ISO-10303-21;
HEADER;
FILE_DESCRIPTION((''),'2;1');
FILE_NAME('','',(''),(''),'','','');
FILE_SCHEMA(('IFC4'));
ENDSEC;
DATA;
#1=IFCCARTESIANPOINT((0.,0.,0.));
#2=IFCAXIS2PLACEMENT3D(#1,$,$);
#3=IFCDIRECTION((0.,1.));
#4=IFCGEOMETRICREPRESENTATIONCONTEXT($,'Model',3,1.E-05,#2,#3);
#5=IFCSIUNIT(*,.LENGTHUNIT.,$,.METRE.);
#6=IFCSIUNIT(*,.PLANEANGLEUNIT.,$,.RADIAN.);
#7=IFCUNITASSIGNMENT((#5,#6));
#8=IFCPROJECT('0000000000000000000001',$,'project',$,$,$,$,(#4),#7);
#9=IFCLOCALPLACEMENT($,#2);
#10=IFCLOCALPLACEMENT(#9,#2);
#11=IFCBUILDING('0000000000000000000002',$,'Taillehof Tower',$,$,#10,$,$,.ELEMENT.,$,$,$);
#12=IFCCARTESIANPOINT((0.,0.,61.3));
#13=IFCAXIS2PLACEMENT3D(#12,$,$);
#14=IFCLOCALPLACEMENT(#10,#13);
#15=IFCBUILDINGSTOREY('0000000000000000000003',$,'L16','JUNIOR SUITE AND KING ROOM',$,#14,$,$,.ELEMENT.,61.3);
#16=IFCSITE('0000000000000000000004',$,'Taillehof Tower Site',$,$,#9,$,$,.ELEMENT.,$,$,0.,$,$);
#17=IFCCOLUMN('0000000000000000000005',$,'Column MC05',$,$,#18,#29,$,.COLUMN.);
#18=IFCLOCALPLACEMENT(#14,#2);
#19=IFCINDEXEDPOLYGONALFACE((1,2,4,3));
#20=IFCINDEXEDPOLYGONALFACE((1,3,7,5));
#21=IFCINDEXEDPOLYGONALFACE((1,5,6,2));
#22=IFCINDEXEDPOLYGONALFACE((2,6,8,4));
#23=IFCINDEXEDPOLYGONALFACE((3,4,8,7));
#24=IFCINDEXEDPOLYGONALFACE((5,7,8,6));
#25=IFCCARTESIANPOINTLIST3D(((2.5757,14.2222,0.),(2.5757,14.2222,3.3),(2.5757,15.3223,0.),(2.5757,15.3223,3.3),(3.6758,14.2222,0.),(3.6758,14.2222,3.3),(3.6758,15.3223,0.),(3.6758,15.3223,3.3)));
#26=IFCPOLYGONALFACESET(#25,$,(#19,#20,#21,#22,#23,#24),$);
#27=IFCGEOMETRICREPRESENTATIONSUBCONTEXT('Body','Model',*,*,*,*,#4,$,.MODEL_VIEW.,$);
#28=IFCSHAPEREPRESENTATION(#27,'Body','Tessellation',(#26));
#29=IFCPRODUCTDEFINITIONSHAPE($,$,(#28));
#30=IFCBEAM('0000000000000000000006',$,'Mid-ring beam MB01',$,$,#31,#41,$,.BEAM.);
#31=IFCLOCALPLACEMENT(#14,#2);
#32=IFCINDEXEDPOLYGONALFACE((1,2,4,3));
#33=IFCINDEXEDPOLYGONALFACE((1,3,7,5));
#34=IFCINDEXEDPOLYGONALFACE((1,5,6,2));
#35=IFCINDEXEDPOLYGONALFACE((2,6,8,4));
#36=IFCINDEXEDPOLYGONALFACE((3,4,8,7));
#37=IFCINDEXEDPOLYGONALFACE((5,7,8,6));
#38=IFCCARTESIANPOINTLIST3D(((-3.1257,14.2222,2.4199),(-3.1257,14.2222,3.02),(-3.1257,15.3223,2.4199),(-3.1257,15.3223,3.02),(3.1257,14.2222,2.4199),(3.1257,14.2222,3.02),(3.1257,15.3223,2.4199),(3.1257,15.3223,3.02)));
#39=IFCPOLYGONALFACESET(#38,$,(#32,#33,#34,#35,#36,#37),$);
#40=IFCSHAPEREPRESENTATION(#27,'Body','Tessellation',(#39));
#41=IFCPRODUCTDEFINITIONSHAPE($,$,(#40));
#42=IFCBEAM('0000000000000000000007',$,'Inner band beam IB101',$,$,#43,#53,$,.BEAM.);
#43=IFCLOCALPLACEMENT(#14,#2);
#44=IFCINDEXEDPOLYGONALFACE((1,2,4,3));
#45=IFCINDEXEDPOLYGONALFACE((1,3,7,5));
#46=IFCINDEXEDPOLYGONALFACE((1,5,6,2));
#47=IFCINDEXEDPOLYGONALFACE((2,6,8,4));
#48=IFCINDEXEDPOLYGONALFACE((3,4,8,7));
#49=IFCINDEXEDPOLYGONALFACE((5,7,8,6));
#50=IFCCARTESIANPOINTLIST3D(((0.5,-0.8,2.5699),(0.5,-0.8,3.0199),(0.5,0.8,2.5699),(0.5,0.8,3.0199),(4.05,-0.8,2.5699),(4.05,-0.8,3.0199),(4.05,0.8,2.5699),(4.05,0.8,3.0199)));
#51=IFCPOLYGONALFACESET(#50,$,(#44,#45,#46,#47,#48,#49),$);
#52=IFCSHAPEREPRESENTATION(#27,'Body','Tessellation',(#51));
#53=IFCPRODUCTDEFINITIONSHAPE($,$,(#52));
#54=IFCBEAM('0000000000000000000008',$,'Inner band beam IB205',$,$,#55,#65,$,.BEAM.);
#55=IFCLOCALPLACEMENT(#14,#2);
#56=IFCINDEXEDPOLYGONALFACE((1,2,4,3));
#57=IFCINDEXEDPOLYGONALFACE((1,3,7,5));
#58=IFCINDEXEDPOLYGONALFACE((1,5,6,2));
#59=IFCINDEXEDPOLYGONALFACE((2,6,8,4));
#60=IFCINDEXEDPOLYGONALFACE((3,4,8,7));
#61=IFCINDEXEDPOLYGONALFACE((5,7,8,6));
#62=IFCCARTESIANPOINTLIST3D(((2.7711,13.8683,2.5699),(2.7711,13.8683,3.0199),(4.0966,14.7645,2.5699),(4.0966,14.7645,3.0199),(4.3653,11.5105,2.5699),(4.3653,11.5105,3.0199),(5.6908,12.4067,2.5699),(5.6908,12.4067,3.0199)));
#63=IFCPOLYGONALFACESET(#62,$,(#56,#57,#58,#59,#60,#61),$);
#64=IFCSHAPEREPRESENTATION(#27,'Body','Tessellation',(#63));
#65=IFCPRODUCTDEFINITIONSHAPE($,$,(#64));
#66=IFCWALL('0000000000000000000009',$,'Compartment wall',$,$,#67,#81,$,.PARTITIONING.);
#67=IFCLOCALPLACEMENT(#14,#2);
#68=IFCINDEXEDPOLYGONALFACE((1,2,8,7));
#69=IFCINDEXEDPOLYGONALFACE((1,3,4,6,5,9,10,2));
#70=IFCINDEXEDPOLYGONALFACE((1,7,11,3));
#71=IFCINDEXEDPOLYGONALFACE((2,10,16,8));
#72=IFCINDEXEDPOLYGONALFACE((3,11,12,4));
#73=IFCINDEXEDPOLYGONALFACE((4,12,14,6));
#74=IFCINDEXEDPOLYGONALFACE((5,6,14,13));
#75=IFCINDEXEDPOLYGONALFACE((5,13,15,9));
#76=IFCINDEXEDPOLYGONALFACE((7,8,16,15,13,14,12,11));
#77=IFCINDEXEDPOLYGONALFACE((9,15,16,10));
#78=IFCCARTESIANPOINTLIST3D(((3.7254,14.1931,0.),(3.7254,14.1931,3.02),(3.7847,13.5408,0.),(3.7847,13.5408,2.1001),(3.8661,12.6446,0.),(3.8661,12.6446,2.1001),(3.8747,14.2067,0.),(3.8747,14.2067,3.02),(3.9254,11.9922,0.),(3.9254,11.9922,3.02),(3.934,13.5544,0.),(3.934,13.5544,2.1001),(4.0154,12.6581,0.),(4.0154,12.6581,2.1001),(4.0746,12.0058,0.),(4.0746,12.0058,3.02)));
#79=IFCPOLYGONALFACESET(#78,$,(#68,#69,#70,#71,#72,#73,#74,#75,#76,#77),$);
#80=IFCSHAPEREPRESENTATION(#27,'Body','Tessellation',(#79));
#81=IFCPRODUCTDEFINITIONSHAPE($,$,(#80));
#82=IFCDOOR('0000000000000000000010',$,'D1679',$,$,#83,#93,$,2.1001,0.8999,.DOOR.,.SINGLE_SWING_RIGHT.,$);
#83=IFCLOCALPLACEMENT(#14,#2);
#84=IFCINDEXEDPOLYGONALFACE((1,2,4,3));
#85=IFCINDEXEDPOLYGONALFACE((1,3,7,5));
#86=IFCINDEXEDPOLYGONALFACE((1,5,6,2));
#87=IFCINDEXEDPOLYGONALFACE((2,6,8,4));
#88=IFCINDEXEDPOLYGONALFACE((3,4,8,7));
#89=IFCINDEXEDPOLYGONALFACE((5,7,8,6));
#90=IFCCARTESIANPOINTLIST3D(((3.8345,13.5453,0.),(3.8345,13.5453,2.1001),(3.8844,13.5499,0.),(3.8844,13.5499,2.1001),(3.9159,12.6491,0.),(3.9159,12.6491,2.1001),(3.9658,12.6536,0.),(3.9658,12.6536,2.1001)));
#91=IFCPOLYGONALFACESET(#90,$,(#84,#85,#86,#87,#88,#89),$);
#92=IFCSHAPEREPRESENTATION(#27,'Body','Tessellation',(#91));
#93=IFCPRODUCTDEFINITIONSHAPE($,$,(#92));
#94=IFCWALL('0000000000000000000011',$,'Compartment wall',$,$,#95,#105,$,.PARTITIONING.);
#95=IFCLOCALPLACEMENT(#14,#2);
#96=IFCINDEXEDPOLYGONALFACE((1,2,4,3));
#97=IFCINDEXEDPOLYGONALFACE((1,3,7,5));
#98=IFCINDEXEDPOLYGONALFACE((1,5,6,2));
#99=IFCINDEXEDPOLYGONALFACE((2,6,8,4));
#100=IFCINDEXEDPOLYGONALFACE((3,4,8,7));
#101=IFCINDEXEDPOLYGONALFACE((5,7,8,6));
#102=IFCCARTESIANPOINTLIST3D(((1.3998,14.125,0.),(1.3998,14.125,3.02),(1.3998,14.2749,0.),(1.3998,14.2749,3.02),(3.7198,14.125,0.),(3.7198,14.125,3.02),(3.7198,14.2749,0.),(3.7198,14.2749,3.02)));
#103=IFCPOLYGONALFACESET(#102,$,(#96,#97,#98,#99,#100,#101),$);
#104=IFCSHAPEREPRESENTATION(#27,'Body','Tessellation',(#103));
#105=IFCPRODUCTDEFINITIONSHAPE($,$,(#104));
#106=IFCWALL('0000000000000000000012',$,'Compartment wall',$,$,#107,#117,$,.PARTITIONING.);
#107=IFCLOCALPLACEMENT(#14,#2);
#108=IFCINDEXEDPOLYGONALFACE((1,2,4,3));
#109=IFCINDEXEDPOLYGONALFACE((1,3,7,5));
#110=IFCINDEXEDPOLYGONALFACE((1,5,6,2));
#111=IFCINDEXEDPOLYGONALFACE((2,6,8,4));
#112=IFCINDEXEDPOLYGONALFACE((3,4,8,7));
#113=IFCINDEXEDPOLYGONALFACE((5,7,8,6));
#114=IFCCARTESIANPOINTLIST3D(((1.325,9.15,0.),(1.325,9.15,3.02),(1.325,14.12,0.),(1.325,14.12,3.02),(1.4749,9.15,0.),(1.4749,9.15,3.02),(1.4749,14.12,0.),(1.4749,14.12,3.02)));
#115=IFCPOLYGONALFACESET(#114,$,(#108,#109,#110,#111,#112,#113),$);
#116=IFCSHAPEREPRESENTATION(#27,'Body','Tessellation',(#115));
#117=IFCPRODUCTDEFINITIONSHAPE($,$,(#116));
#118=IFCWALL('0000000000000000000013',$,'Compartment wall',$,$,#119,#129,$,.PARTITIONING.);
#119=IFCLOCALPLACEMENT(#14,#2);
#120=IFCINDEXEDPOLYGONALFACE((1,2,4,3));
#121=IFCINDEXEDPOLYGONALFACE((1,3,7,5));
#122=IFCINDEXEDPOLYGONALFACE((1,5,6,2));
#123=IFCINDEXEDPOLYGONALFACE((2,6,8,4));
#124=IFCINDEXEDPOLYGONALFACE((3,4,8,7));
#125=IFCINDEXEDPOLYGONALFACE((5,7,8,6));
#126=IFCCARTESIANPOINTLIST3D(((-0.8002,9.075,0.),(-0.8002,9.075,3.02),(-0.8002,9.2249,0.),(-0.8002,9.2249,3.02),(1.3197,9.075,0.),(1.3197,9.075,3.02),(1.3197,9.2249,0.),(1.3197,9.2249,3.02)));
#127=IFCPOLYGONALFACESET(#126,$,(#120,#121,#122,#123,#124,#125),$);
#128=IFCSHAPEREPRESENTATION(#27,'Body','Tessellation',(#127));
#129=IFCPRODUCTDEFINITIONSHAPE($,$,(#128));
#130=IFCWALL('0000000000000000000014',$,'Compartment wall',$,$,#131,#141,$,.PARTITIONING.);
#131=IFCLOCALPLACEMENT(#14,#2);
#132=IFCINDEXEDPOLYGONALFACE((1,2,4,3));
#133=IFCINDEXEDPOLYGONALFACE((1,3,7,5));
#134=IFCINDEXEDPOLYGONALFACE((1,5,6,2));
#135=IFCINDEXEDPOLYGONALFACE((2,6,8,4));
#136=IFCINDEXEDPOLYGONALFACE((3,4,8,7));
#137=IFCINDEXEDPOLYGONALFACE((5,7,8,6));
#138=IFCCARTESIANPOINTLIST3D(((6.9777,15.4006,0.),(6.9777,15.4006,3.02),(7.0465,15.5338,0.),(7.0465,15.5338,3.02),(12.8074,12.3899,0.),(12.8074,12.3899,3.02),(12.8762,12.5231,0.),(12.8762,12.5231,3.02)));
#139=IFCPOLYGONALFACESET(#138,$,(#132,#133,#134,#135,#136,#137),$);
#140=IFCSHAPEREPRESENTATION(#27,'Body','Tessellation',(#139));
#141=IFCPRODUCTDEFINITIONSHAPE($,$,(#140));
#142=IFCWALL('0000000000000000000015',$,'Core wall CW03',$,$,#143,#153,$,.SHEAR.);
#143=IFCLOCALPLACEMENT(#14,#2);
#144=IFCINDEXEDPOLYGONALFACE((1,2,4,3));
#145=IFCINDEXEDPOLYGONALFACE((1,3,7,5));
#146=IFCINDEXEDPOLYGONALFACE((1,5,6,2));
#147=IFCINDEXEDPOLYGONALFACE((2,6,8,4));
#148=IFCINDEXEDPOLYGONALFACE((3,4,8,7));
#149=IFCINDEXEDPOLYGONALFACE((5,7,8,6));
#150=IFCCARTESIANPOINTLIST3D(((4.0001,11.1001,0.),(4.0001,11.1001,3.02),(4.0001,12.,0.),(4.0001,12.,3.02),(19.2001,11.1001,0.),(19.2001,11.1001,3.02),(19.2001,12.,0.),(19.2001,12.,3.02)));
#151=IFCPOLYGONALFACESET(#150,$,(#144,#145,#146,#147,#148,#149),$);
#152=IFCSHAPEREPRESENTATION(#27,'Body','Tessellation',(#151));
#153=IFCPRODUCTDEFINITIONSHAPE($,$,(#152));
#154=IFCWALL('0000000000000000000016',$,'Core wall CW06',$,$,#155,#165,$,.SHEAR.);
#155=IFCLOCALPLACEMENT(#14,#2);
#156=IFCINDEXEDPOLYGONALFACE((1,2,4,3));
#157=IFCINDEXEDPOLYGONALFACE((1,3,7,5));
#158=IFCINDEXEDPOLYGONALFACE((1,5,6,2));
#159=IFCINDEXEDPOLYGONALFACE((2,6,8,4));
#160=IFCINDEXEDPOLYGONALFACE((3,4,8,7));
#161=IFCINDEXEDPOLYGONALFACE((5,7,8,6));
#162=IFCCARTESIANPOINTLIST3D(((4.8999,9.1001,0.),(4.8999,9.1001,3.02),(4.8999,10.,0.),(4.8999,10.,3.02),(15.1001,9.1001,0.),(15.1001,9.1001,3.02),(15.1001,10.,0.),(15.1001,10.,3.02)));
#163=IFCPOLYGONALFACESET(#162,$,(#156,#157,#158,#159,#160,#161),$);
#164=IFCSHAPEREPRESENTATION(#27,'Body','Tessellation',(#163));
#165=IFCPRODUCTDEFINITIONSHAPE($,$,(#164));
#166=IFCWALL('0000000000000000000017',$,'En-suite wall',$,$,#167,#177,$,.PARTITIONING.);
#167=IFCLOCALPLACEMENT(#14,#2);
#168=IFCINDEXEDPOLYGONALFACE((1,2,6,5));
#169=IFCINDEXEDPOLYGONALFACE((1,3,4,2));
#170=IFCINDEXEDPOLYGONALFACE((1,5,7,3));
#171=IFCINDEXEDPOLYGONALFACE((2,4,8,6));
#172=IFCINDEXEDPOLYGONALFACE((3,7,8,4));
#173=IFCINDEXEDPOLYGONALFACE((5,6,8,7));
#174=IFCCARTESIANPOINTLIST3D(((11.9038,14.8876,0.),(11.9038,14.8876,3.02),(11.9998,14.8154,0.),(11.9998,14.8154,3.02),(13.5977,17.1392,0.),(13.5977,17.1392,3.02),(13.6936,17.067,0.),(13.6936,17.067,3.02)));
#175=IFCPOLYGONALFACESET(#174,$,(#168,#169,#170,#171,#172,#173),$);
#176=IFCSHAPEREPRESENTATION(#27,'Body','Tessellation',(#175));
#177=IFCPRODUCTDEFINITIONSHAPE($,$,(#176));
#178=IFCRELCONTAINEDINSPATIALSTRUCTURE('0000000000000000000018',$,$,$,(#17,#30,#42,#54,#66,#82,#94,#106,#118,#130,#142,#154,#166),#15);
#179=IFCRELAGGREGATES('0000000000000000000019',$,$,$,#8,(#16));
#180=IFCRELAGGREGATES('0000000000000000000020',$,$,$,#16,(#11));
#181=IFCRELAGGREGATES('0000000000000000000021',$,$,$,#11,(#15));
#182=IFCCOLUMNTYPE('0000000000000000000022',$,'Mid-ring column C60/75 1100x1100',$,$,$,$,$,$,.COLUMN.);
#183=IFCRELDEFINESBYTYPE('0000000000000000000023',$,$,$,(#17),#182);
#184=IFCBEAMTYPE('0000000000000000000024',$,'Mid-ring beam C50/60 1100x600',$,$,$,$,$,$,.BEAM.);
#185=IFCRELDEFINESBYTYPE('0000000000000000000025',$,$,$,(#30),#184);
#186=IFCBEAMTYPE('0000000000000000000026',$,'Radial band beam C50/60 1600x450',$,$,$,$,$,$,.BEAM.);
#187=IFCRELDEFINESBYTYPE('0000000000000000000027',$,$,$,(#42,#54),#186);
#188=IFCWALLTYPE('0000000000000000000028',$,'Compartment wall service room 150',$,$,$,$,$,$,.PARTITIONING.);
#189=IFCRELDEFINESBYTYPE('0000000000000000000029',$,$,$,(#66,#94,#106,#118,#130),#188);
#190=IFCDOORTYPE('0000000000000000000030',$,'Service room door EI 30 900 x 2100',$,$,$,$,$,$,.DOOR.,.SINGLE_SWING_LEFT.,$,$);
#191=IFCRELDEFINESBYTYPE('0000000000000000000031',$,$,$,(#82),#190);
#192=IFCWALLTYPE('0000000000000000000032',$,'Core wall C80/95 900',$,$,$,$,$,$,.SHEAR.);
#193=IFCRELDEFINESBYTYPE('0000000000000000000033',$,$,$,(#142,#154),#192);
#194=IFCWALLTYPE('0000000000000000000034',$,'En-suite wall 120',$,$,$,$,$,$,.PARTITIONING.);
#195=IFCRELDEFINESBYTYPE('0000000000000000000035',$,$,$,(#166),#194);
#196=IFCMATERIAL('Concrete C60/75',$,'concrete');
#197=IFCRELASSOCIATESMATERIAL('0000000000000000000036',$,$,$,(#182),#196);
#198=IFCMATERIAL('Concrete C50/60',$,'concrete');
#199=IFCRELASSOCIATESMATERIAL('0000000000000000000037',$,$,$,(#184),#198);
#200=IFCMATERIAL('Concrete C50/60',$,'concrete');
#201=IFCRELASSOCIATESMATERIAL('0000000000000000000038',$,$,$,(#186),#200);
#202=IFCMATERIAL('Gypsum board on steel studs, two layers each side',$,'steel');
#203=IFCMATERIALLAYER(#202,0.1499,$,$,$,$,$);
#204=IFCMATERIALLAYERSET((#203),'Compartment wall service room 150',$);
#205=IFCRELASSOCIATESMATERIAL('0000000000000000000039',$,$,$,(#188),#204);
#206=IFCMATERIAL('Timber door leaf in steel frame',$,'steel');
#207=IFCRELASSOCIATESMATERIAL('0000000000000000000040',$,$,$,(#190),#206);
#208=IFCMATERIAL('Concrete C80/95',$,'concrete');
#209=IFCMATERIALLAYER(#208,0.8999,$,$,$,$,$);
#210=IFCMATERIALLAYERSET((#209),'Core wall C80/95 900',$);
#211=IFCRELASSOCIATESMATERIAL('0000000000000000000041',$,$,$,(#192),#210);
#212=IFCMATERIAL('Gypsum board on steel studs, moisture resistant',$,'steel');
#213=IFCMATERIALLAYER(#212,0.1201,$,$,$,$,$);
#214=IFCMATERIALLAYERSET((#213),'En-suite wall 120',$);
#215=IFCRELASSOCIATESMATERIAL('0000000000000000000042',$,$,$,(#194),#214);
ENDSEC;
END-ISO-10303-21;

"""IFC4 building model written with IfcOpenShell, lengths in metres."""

from ifc_helpers import new_model, si_unit, direction, frame, frame_2d, origin, origin_2d, place, context, subcontext, project, spatial, rectangle, extrude, material, layer, layer_set, material_profile, profile_set, type_object, element, fill, save


model = new_model("IFC4")

# Units and contexts
model_context = context("Model", 3, precision=1e-05, world=origin(), true_north=direction((0.0, 1.0)))
body_context = subcontext(model_context, "Body", "Model", "MODEL_VIEW")
ifc_project = project(units=[si_unit("LENGTHUNIT", "METRE"), si_unit("PLANEANGLEUNIT", "RADIAN")], contexts=[model_context])

# Site, building, storey
site_placement = place(None, origin())
site = spatial("IfcSite", under=ifc_project, at=site_placement, Name="Taillehof Tower Site", CompositionType="ELEMENT", RefElevation=0.0)
building_placement = place(site_placement, origin())
building = spatial("IfcBuilding", under=site, at=building_placement, Name="Taillehof Tower", CompositionType="ELEMENT")
storey_placement = place(building_placement, frame((0.0, 0.0, 61.3)))
storey = spatial("IfcBuildingStorey", under=building, at=storey_placement, Name="L16", Description="JUNIOR SUITE AND KING ROOM", CompositionType="ELEMENT", Elevation=61.3)

# Column
ifc_material_1 = material(Name="Concrete C60/75", Category="concrete")
ifc_material_profile_1 = material_profile(ifc_material_1, rectangle(XDim=1.1001, YDim=1.1001, at=origin_2d()), Name="RC 1100x1100")
ifc_profile_set_1 = profile_set([ifc_material_profile_1], Name="Concrete C60/75")
column_type = type_object("IfcColumnType", Name="Mid-ring column C60/75 1100x1100", PredefinedType="COLUMN", material=ifc_profile_set_1)
column_placement = place(storey_placement, frame((3.1257, 14.7722, 0.0), z_axis=(0.0, 0.0, 1.0), x_axis=(1.0, 0.0, 0.0)))
element("IfcColumn", 1, at=column_placement, inside=storey, type_object=column_type, Name="Column MC05", PredefinedType="COLUMN", context=body_context, shape_type="SweptSolid", body=[
    extrude(rectangle(XDim=1.1001, YDim=1.1001, at=origin_2d()), origin(), (0.0, 0.0, 1.0), 3.3),
])

# Beams
ifc_material_2 = material(Name="Concrete C50/60", Category="concrete")
ifc_material_profile_2 = material_profile(ifc_material_2, rectangle(XDim=1.1001, YDim=0.6001, at=origin_2d()), Name="RC 1100x600")
ifc_profile_set_2 = profile_set([ifc_material_profile_2], Name="Concrete C50/60")
beam_type_1 = type_object("IfcBeamType", Name="Mid-ring beam C50/60 1100x600", PredefinedType="BEAM", material=ifc_profile_set_2)
beam_1_placement = place(storey_placement, frame((3.1257, 14.7722, 2.72), z_axis=(-1.0, 0.0, 0.0), x_axis=(0.0, -1.0, 0.0)))
element("IfcBeam", 2, at=beam_1_placement, inside=storey, type_object=beam_type_1, Name="Mid-ring beam MB01", PredefinedType="BEAM", context=body_context, shape_type="SweptSolid", body=[
    extrude(rectangle(XDim=1.1001, YDim=0.6001, at=origin_2d()), origin(), (0.0, 0.0, 1.0), 6.2515),
])
ifc_material_3 = material(Name="Concrete C50/60", Category="concrete")
ifc_material_profile_3 = material_profile(ifc_material_3, rectangle(XDim=1.6001, YDim=0.45, at=origin_2d()), Name="RC 1600x450")
ifc_profile_set_3 = profile_set([ifc_material_profile_3], Name="Concrete C50/60")
beam_type_2 = type_object("IfcBeamType", Name="Radial band beam C50/60 1600x450", PredefinedType="BEAM", material=ifc_profile_set_3)
beam_2_placement = place(storey_placement, frame((0.5, 0.0, 2.7949), z_axis=(1.0, 0.0, 0.0), x_axis=(0.0, 1.0, 0.0)))
element("IfcBeam", 3, at=beam_2_placement, inside=storey, type_object=beam_type_2, Name="Inner band beam IB101", PredefinedType="BEAM", context=body_context, shape_type="SweptSolid", body=[
    extrude(rectangle(XDim=1.6001, YDim=0.45, at=origin_2d()), origin(), (0.0, 0.0, 1.0), 3.55),
])
beam_3_placement = place(storey_placement, frame((3.4338, 14.3164, 2.7949), z_axis=(0.560112, -0.828417, 0.0), x_axis=(0.828417, 0.560112, 0.0)))
element("IfcBeam", 4, at=beam_3_placement, inside=storey, type_object=beam_type_2, Name="Inner band beam IB205", PredefinedType="BEAM", context=body_context, shape_type="SweptSolid", body=[
    extrude(rectangle(XDim=1.6001, YDim=0.45, at=origin_2d()), origin(), (0.0, 0.0, 1.0), 2.8462),
])

# Wall, opening, door
ifc_material_4 = material(Name="Gypsum board on steel studs, two layers each side", Category="steel")
ifc_layer_1 = layer(ifc_material_4, 0.1499)
ifc_layer_set_1 = layer_set([ifc_layer_1], Name="Compartment wall service room 150")
wall_type_1 = type_object("IfcWallType", Name="Compartment wall service room 150", PredefinedType="PARTITIONING", material=ifc_layer_set_1)
wall_1_placement = place(storey_placement, frame((4.0, 11.999, 0.0), z_axis=(0.0, 0.0, 1.0), x_axis=(-0.090476, 0.995899, 0.0)))
wall_1 = element("IfcWall", 5, at=wall_1_placement, inside=storey, type_object=wall_type_1, Name="Compartment wall", PredefinedType="PARTITIONING", context=body_context, shape_type="SweptSolid", body=[
    extrude(rectangle(XDim=2.21, YDim=0.1499, at=frame_2d((1.105, 0.0))), origin(), (0.0, 0.0, 1.0), 3.02),
])
opening_1_placement = place(wall_1_placement, frame((0.655, 0.0, 0.0)))
opening_1 = element("IfcOpeningElement", 6, at=opening_1_placement, cuts=wall_1, PredefinedType="OPENING", context=body_context, shape_type="SweptSolid", body=[
    extrude(rectangle(XDim=0.8999, YDim=2.1001, at=frame_2d((0.45, 1.05))), frame((0.0, 0.085, 0.0), z_axis=(0.0, -1.0, 0.0), x_axis=(1.0, 0.0, 0.0)), (0.0, 0.0, 1.0), 0.1699),
])
ifc_material_5 = material(Name="Timber door leaf in steel frame", Category="steel")
door_type_1 = type_object("IfcDoorType", Name="Service room door EI 30 900 x 2100", OperationType="SINGLE_SWING_LEFT", PredefinedType="DOOR", material=ifc_material_5)
door_1_placement = place(opening_1_placement, origin())
door_1 = element("IfcDoor", 7, at=door_1_placement, inside=storey, type_object=door_type_1, Name="D1679", OperationType="SINGLE_SWING_RIGHT", OverallHeight=2.1001, OverallWidth=0.8999, PredefinedType="DOOR", context=body_context, shape_type="SweptSolid", body=[
    extrude(rectangle(XDim=0.8999, YDim=2.1001, at=frame_2d((0.45, 1.05))), frame((0.0, 0.0249, 0.0), z_axis=(0.0, -1.0, 0.0), x_axis=(1.0, 0.0, 0.0)), (0.0, 0.0, 1.0), 0.05),
])
fill(opening_1, door_1)

# Walls
wall_2_placement = place(storey_placement, frame((3.72, 14.2, 0.0), z_axis=(0.0, 0.0, 1.0), x_axis=(-1.0, 0.0, 0.0)))
element("IfcWall", 8, at=wall_2_placement, inside=storey, type_object=wall_type_1, Name="Compartment wall", PredefinedType="PARTITIONING", context=body_context, shape_type="SweptSolid", body=[
    extrude(rectangle(XDim=2.3201, YDim=0.1499, at=frame_2d((1.1602, 0.0))), origin(), (0.0, 0.0, 1.0), 3.02),
])
wall_3_placement = place(storey_placement, frame((1.3999, 14.1199, 0.0), z_axis=(0.0, 0.0, 1.0), x_axis=(0.0, -1.0, 0.0)))
element("IfcWall", 9, at=wall_3_placement, inside=storey, type_object=wall_type_1, Name="Compartment wall", PredefinedType="PARTITIONING", context=body_context, shape_type="SweptSolid", body=[
    extrude(rectangle(XDim=4.97, YDim=0.1499, at=frame_2d((2.4849, 0.0))), origin(), (0.0, 0.0, 1.0), 3.02),
])
wall_4_placement = place(storey_placement, frame((1.3198, 9.1499, 0.0), z_axis=(0.0, 0.0, 1.0), x_axis=(-1.0, 0.0, 0.0)))
element("IfcWall", 10, at=wall_4_placement, inside=storey, type_object=wall_type_1, Name="Compartment wall", PredefinedType="PARTITIONING", context=body_context, shape_type="SweptSolid", body=[
    extrude(rectangle(XDim=2.1199, YDim=0.1499, at=frame_2d((1.0601, 0.0))), origin(), (0.0, 0.0, 1.0), 3.02),
])
wall_5_placement = place(storey_placement, frame((7.012, 15.4673, 0.0), z_axis=(0.0, 0.0, 1.0), x_axis=(0.888509, -0.458859, 0.0)))
element("IfcWall", 11, at=wall_5_placement, inside=storey, type_object=wall_type_1, Name="Compartment wall", PredefinedType="PARTITIONING", context=body_context, shape_type="SweptSolid", body=[
    extrude(rectangle(XDim=6.5613, YDim=0.1499, at=frame_2d((3.2808, 0.0))), origin(), (0.0, 0.0, 1.0), 3.02),
])
ifc_material_6 = material(Name="Concrete C80/95", Category="concrete")
ifc_layer_2 = layer(ifc_material_6, 0.8999)
ifc_layer_set_2 = layer_set([ifc_layer_2], Name="Core wall C80/95 900")
wall_type_2 = type_object("IfcWallType", Name="Core wall C80/95 900", PredefinedType="SHEAR", material=ifc_layer_set_2)
wall_6_placement = place(storey_placement, frame((4.0, 11.55, 0.0), z_axis=(0.0, 0.0, 1.0), x_axis=(1.0, 0.0, 0.0)))
element("IfcWall", 12, at=wall_6_placement, inside=storey, type_object=wall_type_2, Name="Core wall CW03", PredefinedType="SHEAR", context=body_context, shape_type="SweptSolid", body=[
    extrude(rectangle(XDim=15.2, YDim=0.8999, at=frame_2d((7.6001, 0.0))), origin(), (0.0, 0.0, 1.0), 3.02),
])
wall_7_placement = place(storey_placement, frame((4.8999, 9.55, 0.0), z_axis=(0.0, 0.0, 1.0), x_axis=(1.0, 0.0, 0.0)))
element("IfcWall", 13, at=wall_7_placement, inside=storey, type_object=wall_type_2, Name="Core wall CW06", PredefinedType="SHEAR", context=body_context, shape_type="SweptSolid", body=[
    extrude(rectangle(XDim=10.2002, YDim=0.8999, at=frame_2d((5.1001, 0.0))), origin(), (0.0, 0.0, 1.0), 3.02),
])
ifc_material_7 = material(Name="Gypsum board on steel studs, moisture resistant", Category="steel")
ifc_layer_3 = layer(ifc_material_7, 0.1201)
ifc_layer_set_3 = layer_set([ifc_layer_3], Name="En-suite wall 120")
wall_type_3 = type_object("IfcWallType", Name="En-suite wall 120", PredefinedType="PARTITIONING", material=ifc_layer_set_3)
wall_8_placement = place(storey_placement, frame((11.9519, 14.8516, 0.0), z_axis=(0.0, 0.0, 1.0), x_axis=(0.60115, 0.799136, 0.0)))
element("IfcWall", 14, at=wall_8_placement, inside=storey, type_object=wall_type_3, Name="En-suite wall", PredefinedType="PARTITIONING", context=body_context, shape_type="SweptSolid", body=[
    extrude(rectangle(XDim=2.8176, YDim=0.1201, at=frame_2d((1.4087, 0.0))), origin(), (0.0, 0.0, 1.0), 3.02),
])

save(model, "model.ifc")
